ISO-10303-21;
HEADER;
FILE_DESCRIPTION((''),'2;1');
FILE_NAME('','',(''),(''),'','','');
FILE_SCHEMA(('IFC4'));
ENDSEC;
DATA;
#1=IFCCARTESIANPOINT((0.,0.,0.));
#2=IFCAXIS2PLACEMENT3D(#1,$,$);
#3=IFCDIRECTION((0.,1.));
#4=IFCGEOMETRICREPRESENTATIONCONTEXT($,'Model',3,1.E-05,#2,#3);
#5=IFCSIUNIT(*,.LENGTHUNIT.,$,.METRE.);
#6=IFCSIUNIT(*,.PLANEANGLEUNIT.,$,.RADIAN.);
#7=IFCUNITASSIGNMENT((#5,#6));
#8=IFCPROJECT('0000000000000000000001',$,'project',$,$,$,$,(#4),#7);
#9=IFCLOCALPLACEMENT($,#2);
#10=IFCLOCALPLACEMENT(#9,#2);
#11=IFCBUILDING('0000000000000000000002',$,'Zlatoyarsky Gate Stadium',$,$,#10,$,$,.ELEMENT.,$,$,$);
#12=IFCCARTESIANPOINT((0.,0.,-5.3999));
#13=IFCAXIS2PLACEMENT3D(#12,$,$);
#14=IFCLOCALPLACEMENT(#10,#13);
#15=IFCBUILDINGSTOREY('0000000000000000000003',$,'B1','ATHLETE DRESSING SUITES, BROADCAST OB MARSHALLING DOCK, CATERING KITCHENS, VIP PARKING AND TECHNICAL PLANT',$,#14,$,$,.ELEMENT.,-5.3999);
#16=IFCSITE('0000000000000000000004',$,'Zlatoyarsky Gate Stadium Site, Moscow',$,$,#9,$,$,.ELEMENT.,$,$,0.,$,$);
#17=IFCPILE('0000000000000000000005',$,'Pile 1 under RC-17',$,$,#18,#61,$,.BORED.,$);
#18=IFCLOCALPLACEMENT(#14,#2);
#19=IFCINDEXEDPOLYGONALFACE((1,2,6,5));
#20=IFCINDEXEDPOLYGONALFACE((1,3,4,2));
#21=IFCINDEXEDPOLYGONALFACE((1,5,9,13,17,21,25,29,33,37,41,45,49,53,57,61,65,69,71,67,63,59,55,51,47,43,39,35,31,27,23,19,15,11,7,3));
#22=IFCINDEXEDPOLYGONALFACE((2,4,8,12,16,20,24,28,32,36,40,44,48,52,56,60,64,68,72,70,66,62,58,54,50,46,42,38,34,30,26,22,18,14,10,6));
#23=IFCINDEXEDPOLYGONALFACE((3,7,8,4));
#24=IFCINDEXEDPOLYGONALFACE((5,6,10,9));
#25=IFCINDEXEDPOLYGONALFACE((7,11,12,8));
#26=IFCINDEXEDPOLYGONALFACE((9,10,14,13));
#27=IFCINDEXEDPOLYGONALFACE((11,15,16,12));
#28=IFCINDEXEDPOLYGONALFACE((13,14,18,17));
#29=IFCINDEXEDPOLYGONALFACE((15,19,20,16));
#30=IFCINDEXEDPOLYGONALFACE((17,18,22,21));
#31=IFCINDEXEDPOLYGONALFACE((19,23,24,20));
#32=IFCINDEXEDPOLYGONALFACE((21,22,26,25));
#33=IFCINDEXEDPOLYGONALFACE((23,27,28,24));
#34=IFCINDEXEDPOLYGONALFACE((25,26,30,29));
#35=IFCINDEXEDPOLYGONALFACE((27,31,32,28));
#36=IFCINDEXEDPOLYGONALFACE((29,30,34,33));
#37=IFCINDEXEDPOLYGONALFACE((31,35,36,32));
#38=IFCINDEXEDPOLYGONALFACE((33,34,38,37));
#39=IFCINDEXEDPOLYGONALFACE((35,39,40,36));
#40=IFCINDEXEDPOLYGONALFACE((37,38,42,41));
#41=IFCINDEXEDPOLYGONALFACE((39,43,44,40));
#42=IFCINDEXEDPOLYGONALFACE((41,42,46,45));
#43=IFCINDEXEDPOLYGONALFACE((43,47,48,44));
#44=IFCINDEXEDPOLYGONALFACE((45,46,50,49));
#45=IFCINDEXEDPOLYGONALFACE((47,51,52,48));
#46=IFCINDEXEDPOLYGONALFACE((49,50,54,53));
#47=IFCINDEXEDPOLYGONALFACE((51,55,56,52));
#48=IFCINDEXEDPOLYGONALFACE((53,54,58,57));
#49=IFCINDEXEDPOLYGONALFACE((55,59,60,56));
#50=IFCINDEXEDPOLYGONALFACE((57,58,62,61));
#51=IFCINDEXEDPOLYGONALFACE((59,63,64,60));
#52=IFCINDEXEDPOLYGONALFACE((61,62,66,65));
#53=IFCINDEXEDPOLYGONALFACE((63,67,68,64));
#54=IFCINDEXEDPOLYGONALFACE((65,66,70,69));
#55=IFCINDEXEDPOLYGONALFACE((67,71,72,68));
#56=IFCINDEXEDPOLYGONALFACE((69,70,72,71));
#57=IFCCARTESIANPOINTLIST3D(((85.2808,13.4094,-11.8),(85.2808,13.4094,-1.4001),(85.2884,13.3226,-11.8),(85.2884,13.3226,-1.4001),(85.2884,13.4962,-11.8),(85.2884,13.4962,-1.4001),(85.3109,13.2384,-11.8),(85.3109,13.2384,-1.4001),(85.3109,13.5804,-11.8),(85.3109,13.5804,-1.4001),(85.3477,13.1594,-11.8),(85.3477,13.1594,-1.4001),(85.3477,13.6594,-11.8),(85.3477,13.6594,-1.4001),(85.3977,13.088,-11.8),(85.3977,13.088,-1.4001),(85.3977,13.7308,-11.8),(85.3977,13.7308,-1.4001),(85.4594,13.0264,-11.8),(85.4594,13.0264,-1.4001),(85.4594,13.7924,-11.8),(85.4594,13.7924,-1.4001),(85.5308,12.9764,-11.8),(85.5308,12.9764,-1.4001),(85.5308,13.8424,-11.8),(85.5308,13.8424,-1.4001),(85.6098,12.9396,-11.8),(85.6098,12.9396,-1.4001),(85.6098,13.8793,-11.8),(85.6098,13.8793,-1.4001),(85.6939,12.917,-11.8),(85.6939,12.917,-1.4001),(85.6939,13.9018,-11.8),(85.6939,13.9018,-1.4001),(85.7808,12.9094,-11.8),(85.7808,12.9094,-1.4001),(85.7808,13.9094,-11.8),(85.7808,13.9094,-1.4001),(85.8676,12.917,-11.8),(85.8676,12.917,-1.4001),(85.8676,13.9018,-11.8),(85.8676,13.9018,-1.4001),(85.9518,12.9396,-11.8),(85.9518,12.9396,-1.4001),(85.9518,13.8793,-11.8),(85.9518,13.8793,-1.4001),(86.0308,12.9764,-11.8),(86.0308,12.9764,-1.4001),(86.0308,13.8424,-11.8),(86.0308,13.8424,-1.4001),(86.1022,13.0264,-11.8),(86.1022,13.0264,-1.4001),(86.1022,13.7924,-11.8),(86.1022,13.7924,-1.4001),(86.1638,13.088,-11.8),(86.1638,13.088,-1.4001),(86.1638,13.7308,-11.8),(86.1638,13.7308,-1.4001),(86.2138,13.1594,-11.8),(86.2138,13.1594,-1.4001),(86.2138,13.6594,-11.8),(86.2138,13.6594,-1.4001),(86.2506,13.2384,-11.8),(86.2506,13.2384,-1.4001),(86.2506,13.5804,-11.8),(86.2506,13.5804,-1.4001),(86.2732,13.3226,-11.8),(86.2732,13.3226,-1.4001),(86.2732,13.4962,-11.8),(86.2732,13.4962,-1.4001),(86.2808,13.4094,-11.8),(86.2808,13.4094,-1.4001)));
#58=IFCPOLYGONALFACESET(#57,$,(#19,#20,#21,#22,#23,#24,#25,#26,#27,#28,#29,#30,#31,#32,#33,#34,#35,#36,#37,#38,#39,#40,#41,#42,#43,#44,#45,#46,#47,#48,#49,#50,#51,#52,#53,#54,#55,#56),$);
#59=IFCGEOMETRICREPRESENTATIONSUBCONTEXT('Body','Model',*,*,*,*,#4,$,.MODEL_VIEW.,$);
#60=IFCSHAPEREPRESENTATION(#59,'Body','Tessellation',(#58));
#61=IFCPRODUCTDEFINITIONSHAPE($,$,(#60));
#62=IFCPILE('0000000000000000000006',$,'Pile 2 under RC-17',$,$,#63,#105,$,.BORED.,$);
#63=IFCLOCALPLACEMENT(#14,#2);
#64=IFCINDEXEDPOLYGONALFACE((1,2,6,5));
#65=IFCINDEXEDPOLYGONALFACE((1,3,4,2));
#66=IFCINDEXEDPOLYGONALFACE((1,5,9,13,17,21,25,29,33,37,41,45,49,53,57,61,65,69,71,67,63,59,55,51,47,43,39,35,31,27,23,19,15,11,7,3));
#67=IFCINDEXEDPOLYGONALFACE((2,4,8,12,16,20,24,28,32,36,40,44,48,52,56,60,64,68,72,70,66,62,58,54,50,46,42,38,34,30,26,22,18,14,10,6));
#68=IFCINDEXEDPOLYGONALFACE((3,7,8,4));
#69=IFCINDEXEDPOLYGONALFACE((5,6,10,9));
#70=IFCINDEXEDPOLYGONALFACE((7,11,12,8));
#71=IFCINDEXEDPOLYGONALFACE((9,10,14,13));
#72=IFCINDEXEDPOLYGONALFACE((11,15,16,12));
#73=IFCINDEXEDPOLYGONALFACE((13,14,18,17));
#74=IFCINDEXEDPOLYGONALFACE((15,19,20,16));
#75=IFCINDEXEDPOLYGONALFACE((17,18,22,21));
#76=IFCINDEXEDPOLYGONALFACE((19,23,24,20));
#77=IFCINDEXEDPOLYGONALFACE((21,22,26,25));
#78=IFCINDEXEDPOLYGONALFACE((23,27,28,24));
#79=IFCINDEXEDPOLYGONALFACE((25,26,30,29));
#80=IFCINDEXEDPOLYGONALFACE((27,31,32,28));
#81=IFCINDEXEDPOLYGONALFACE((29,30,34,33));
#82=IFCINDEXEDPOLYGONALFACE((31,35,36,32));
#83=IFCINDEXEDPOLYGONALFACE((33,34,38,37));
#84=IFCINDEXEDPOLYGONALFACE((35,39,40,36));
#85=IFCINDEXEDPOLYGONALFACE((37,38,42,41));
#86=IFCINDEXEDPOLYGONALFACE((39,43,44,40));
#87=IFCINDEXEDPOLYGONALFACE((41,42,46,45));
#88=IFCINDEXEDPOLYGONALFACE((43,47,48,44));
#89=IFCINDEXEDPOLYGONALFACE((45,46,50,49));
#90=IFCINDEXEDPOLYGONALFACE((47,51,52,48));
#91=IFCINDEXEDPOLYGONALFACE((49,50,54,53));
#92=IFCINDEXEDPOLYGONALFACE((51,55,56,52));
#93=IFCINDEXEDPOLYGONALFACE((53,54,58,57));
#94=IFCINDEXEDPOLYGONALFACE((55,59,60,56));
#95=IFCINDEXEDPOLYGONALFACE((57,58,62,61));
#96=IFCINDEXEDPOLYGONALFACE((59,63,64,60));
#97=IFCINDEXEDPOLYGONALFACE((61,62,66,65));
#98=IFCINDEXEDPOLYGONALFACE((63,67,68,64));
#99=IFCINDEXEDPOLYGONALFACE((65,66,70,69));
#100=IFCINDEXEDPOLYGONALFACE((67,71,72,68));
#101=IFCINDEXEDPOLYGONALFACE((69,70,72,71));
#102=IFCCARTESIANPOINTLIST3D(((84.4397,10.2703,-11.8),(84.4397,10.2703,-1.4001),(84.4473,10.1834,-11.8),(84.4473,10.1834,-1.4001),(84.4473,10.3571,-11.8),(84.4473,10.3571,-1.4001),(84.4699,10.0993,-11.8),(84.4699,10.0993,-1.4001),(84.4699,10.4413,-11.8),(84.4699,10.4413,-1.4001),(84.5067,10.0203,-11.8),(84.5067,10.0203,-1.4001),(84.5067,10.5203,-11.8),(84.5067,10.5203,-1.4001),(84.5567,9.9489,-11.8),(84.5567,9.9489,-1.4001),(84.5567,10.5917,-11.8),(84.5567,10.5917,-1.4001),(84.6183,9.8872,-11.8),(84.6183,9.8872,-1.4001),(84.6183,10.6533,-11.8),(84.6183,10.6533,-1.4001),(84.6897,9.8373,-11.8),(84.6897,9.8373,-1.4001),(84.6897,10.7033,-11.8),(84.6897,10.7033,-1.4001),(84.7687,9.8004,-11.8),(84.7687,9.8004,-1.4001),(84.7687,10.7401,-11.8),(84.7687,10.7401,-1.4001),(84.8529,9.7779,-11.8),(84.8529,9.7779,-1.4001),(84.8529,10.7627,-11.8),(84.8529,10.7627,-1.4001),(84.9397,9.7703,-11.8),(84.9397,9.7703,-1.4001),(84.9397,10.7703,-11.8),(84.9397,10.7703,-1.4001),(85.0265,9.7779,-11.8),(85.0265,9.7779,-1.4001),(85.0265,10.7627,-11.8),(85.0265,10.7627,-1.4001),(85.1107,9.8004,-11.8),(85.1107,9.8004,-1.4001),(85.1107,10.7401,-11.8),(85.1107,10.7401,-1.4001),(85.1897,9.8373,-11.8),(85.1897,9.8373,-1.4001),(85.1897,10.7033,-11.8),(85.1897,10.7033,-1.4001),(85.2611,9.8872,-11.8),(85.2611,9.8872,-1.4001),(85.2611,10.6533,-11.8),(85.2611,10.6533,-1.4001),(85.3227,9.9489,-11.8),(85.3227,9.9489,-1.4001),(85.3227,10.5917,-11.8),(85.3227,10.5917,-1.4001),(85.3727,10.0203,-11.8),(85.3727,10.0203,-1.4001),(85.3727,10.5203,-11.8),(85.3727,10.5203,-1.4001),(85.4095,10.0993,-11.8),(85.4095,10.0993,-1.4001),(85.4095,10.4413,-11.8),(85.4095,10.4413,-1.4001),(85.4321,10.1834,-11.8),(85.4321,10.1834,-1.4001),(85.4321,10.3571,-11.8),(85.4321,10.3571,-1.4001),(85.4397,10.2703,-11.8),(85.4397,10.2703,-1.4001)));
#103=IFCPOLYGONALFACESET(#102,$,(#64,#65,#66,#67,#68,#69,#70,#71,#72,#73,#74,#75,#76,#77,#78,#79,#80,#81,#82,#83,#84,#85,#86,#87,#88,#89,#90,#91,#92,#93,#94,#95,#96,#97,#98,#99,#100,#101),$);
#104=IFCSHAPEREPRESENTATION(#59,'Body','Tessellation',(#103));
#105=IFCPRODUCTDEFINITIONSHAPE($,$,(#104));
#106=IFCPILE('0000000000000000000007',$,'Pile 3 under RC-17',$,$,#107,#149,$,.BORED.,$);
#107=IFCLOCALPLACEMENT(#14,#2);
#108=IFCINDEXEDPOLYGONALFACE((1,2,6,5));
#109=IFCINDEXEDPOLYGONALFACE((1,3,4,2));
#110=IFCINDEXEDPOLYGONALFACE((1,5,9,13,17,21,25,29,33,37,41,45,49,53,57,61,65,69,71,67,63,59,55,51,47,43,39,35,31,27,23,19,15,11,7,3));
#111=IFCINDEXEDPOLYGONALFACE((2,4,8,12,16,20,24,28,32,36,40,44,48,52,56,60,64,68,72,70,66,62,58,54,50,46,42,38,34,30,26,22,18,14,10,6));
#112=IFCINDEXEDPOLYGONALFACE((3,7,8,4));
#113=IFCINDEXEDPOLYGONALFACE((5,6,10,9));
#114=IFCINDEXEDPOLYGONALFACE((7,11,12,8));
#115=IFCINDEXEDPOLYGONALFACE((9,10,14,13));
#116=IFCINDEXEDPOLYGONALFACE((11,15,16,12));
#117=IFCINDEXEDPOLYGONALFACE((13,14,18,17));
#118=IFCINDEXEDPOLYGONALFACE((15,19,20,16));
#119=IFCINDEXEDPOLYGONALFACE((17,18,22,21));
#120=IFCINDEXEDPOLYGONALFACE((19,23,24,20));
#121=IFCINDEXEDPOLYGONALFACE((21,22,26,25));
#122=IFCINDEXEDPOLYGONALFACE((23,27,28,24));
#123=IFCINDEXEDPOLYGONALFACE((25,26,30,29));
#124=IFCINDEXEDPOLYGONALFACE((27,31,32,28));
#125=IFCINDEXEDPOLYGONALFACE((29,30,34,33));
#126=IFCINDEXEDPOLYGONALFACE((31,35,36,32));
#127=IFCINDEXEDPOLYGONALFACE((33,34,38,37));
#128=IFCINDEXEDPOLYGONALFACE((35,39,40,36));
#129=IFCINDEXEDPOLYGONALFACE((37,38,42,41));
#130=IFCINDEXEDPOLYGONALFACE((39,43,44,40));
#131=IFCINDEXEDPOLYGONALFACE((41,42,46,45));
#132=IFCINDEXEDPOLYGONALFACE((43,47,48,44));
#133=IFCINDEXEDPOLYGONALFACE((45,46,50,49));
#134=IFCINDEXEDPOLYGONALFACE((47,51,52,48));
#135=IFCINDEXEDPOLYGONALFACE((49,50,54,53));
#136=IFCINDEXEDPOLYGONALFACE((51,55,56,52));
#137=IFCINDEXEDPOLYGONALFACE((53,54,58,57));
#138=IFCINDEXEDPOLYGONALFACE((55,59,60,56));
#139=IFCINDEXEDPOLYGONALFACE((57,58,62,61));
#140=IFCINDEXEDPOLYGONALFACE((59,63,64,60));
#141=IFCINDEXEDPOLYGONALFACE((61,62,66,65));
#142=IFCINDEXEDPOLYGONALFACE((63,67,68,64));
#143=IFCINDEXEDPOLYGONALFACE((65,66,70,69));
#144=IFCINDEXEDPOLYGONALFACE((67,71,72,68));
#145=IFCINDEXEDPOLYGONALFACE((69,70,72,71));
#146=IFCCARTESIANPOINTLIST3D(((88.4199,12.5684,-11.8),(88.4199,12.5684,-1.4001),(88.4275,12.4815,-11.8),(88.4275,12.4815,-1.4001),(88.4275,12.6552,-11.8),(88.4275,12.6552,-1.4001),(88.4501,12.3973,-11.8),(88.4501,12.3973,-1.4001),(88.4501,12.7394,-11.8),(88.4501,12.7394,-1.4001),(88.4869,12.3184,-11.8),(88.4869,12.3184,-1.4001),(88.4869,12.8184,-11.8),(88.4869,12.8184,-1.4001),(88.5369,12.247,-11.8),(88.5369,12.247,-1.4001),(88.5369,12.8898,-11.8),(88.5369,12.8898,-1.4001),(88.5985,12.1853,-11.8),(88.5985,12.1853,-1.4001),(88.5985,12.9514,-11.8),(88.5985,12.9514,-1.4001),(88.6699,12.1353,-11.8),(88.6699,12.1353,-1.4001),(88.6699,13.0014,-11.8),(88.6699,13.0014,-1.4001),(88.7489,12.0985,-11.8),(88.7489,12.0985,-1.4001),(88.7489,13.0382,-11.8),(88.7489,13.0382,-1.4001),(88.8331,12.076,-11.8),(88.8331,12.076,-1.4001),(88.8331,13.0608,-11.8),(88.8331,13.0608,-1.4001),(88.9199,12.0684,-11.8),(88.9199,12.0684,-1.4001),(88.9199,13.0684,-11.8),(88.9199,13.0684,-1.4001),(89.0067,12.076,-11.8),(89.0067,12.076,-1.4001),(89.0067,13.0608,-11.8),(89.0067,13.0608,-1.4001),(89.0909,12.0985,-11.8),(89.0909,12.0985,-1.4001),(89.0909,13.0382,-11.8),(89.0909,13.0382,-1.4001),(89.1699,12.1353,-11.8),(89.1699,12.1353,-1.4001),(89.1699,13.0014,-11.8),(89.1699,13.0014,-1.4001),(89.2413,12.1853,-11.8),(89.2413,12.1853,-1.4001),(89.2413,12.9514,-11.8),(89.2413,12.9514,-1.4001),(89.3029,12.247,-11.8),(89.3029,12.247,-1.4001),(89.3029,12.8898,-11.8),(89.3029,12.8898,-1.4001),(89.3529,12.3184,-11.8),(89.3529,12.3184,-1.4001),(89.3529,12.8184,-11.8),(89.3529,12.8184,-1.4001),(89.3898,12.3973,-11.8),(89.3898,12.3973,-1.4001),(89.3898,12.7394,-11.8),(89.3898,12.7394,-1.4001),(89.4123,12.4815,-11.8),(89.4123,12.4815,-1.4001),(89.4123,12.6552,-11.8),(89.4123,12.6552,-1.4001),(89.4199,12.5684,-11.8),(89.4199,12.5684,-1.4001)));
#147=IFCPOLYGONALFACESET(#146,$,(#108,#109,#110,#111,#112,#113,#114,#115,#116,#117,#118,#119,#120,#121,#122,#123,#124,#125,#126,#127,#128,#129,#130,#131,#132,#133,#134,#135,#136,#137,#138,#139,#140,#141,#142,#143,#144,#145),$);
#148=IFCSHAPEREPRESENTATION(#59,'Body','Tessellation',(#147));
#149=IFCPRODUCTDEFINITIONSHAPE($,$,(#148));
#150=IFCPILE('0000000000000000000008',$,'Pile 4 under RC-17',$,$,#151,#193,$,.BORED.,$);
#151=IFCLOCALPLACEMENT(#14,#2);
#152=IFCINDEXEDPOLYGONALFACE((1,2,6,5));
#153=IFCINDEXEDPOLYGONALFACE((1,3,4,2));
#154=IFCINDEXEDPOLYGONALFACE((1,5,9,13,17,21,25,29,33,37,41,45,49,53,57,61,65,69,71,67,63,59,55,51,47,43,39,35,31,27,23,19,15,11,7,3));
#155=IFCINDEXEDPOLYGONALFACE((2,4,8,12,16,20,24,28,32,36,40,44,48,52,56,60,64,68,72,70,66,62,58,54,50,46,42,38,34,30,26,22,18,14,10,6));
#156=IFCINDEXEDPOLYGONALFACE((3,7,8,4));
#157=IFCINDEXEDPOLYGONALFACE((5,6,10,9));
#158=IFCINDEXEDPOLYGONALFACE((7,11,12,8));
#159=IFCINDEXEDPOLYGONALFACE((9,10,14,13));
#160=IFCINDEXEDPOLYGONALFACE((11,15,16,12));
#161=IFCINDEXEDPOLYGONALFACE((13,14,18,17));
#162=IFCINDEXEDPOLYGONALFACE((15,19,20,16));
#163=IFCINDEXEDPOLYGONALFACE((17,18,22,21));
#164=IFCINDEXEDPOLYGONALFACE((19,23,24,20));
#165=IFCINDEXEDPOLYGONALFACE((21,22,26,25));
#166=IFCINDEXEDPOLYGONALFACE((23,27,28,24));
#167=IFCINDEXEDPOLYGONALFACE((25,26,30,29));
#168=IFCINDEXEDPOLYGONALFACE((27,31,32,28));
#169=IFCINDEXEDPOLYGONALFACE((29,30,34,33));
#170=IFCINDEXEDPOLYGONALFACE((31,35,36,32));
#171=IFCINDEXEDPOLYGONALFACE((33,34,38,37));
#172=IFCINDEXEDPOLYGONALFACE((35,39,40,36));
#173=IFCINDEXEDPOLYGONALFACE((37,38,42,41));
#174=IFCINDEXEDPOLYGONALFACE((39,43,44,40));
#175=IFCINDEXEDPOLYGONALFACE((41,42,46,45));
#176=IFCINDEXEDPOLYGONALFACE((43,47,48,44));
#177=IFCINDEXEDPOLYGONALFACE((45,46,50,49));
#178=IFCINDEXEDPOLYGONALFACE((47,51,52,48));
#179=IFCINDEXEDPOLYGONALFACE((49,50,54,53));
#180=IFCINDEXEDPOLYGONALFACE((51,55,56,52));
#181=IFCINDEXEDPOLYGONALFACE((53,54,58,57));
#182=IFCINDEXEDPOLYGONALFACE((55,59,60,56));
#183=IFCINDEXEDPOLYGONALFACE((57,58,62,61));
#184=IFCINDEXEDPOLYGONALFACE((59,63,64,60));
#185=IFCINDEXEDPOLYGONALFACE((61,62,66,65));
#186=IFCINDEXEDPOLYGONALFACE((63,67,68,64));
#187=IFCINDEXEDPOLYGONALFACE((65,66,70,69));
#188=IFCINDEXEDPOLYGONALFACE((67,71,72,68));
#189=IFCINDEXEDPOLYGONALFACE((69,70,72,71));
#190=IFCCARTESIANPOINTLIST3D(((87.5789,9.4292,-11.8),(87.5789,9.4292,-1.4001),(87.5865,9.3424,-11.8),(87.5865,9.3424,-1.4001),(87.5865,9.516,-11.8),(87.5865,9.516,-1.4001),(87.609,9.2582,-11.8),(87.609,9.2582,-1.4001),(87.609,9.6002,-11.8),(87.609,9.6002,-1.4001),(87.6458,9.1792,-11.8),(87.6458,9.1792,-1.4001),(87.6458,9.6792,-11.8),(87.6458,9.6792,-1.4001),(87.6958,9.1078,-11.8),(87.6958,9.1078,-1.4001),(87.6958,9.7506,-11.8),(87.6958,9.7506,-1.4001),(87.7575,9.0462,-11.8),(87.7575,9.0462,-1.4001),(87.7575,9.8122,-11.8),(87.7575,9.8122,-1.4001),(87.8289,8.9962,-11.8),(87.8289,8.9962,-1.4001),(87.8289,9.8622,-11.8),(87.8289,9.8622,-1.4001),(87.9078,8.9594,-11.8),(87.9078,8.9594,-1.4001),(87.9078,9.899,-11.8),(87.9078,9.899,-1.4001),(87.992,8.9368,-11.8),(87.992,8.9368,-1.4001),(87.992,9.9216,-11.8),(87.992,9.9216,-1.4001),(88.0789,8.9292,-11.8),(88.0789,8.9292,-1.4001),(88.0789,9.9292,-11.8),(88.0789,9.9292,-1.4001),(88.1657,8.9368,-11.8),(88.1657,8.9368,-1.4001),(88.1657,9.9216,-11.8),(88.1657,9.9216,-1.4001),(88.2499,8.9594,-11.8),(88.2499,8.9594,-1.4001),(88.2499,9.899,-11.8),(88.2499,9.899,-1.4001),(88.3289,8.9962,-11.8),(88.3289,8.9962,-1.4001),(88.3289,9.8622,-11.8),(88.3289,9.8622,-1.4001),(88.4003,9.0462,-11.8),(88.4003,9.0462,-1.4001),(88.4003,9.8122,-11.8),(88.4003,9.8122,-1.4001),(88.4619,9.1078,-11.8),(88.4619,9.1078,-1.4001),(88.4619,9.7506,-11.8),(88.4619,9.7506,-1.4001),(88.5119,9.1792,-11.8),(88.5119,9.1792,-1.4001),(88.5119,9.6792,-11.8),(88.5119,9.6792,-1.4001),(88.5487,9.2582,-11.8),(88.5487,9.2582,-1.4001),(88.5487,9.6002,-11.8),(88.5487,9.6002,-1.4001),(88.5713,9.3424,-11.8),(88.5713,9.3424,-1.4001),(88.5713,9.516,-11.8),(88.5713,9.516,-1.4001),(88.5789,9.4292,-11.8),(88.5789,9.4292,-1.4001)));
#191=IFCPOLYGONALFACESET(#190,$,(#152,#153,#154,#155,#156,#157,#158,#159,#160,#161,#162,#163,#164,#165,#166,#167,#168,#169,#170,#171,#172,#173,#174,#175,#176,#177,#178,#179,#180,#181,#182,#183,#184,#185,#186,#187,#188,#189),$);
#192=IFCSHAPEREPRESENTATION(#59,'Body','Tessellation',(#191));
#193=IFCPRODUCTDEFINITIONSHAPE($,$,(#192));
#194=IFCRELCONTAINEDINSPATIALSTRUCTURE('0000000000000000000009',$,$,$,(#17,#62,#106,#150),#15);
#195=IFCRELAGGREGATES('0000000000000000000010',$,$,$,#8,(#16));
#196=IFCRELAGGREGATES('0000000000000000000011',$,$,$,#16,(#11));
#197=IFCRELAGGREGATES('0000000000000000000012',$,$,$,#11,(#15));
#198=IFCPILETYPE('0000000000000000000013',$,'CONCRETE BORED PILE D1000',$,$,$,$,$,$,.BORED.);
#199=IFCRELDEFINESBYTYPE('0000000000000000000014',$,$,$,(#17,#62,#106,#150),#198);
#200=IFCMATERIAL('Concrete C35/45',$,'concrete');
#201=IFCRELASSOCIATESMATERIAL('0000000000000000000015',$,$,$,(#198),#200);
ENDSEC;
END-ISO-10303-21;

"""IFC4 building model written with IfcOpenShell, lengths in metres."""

from ifc_helpers import new_model, si_unit, direction, frame, origin, origin_2d, place, context, subcontext, project, spatial, circle, extrude, material, material_profile, profile_set, type_object, element, save


model = new_model("IFC4")

# Units and contexts
model_context = context("Model", 3, precision=1e-05, world=origin(), true_north=direction((0.0, 1.0)))
body_context = subcontext(model_context, "Body", "Model", "MODEL_VIEW")
ifc_project = project(units=[si_unit("LENGTHUNIT", "METRE"), si_unit("PLANEANGLEUNIT", "RADIAN")], contexts=[model_context])

# Site, building, storey
site_placement = place(None, origin())
site = spatial("IfcSite", under=ifc_project, at=site_placement, Name="Zlatoyarsky Gate Stadium Site, Moscow", CompositionType="ELEMENT", RefElevation=0.0)
building_placement = place(site_placement, origin())
building = spatial("IfcBuilding", under=site, at=building_placement, Name="Zlatoyarsky Gate Stadium", CompositionType="ELEMENT")
storey_placement = place(building_placement, frame((0.0, 0.0, -5.3999)))
storey = spatial("IfcBuildingStorey", under=building, at=storey_placement, Name="B1", Description="ATHLETE DRESSING SUITES, BROADCAST OB MARSHALLING DOCK, CATERING KITCHENS, VIP PARKING AND TECHNICAL PLANT", CompositionType="ELEMENT", Elevation=-5.3999)

# Piles
ifc_material_1 = material(Name="Concrete C35/45", Category="concrete")
ifc_material_profile_1 = material_profile(ifc_material_1, circle(Radius=0.5, at=origin_2d()), Name="BORED PILE D1000")
ifc_profile_set_1 = profile_set([ifc_material_profile_1], Name="Concrete C35/45")
pile_type_1 = type_object("IfcPileType", Name="CONCRETE BORED PILE D1000", PredefinedType="BORED", material=ifc_profile_set_1)
for number, where, z_axis, x_axis, name in (
    (1, (85.7808, 13.4094, -1.4001), (0.0, 0.0, -1.0), (1.0, 0.0, 0.0), "Pile 1 under RC-17"),
    (2, (84.9397, 10.2703, -1.4001), (0.0, 0.0, -1.0), (1.0, 0.0, 0.0), "Pile 2 under RC-17"),
    (3, (88.9199, 12.5684, -1.4001), (0.0, 0.0, -1.0), (1.0, 0.0, 0.0), "Pile 3 under RC-17"),
    (4, (88.0789, 9.4292, -1.4001), (0.0, 0.0, -1.0), (1.0, 0.0, 0.0), "Pile 4 under RC-17"),
):
    element("IfcPile", number, at=place(storey_placement, frame(where, z_axis=z_axis, x_axis=x_axis)), inside=storey, type_object=pile_type_1, Name=name, PredefinedType="BORED", context=body_context, shape_type="SweptSolid", body=[
        extrude(circle(Radius=0.5, at=origin_2d()), origin(), (0.0, 0.0, 1.0), 10.3999),
    ])

save(model, "model.ifc")
